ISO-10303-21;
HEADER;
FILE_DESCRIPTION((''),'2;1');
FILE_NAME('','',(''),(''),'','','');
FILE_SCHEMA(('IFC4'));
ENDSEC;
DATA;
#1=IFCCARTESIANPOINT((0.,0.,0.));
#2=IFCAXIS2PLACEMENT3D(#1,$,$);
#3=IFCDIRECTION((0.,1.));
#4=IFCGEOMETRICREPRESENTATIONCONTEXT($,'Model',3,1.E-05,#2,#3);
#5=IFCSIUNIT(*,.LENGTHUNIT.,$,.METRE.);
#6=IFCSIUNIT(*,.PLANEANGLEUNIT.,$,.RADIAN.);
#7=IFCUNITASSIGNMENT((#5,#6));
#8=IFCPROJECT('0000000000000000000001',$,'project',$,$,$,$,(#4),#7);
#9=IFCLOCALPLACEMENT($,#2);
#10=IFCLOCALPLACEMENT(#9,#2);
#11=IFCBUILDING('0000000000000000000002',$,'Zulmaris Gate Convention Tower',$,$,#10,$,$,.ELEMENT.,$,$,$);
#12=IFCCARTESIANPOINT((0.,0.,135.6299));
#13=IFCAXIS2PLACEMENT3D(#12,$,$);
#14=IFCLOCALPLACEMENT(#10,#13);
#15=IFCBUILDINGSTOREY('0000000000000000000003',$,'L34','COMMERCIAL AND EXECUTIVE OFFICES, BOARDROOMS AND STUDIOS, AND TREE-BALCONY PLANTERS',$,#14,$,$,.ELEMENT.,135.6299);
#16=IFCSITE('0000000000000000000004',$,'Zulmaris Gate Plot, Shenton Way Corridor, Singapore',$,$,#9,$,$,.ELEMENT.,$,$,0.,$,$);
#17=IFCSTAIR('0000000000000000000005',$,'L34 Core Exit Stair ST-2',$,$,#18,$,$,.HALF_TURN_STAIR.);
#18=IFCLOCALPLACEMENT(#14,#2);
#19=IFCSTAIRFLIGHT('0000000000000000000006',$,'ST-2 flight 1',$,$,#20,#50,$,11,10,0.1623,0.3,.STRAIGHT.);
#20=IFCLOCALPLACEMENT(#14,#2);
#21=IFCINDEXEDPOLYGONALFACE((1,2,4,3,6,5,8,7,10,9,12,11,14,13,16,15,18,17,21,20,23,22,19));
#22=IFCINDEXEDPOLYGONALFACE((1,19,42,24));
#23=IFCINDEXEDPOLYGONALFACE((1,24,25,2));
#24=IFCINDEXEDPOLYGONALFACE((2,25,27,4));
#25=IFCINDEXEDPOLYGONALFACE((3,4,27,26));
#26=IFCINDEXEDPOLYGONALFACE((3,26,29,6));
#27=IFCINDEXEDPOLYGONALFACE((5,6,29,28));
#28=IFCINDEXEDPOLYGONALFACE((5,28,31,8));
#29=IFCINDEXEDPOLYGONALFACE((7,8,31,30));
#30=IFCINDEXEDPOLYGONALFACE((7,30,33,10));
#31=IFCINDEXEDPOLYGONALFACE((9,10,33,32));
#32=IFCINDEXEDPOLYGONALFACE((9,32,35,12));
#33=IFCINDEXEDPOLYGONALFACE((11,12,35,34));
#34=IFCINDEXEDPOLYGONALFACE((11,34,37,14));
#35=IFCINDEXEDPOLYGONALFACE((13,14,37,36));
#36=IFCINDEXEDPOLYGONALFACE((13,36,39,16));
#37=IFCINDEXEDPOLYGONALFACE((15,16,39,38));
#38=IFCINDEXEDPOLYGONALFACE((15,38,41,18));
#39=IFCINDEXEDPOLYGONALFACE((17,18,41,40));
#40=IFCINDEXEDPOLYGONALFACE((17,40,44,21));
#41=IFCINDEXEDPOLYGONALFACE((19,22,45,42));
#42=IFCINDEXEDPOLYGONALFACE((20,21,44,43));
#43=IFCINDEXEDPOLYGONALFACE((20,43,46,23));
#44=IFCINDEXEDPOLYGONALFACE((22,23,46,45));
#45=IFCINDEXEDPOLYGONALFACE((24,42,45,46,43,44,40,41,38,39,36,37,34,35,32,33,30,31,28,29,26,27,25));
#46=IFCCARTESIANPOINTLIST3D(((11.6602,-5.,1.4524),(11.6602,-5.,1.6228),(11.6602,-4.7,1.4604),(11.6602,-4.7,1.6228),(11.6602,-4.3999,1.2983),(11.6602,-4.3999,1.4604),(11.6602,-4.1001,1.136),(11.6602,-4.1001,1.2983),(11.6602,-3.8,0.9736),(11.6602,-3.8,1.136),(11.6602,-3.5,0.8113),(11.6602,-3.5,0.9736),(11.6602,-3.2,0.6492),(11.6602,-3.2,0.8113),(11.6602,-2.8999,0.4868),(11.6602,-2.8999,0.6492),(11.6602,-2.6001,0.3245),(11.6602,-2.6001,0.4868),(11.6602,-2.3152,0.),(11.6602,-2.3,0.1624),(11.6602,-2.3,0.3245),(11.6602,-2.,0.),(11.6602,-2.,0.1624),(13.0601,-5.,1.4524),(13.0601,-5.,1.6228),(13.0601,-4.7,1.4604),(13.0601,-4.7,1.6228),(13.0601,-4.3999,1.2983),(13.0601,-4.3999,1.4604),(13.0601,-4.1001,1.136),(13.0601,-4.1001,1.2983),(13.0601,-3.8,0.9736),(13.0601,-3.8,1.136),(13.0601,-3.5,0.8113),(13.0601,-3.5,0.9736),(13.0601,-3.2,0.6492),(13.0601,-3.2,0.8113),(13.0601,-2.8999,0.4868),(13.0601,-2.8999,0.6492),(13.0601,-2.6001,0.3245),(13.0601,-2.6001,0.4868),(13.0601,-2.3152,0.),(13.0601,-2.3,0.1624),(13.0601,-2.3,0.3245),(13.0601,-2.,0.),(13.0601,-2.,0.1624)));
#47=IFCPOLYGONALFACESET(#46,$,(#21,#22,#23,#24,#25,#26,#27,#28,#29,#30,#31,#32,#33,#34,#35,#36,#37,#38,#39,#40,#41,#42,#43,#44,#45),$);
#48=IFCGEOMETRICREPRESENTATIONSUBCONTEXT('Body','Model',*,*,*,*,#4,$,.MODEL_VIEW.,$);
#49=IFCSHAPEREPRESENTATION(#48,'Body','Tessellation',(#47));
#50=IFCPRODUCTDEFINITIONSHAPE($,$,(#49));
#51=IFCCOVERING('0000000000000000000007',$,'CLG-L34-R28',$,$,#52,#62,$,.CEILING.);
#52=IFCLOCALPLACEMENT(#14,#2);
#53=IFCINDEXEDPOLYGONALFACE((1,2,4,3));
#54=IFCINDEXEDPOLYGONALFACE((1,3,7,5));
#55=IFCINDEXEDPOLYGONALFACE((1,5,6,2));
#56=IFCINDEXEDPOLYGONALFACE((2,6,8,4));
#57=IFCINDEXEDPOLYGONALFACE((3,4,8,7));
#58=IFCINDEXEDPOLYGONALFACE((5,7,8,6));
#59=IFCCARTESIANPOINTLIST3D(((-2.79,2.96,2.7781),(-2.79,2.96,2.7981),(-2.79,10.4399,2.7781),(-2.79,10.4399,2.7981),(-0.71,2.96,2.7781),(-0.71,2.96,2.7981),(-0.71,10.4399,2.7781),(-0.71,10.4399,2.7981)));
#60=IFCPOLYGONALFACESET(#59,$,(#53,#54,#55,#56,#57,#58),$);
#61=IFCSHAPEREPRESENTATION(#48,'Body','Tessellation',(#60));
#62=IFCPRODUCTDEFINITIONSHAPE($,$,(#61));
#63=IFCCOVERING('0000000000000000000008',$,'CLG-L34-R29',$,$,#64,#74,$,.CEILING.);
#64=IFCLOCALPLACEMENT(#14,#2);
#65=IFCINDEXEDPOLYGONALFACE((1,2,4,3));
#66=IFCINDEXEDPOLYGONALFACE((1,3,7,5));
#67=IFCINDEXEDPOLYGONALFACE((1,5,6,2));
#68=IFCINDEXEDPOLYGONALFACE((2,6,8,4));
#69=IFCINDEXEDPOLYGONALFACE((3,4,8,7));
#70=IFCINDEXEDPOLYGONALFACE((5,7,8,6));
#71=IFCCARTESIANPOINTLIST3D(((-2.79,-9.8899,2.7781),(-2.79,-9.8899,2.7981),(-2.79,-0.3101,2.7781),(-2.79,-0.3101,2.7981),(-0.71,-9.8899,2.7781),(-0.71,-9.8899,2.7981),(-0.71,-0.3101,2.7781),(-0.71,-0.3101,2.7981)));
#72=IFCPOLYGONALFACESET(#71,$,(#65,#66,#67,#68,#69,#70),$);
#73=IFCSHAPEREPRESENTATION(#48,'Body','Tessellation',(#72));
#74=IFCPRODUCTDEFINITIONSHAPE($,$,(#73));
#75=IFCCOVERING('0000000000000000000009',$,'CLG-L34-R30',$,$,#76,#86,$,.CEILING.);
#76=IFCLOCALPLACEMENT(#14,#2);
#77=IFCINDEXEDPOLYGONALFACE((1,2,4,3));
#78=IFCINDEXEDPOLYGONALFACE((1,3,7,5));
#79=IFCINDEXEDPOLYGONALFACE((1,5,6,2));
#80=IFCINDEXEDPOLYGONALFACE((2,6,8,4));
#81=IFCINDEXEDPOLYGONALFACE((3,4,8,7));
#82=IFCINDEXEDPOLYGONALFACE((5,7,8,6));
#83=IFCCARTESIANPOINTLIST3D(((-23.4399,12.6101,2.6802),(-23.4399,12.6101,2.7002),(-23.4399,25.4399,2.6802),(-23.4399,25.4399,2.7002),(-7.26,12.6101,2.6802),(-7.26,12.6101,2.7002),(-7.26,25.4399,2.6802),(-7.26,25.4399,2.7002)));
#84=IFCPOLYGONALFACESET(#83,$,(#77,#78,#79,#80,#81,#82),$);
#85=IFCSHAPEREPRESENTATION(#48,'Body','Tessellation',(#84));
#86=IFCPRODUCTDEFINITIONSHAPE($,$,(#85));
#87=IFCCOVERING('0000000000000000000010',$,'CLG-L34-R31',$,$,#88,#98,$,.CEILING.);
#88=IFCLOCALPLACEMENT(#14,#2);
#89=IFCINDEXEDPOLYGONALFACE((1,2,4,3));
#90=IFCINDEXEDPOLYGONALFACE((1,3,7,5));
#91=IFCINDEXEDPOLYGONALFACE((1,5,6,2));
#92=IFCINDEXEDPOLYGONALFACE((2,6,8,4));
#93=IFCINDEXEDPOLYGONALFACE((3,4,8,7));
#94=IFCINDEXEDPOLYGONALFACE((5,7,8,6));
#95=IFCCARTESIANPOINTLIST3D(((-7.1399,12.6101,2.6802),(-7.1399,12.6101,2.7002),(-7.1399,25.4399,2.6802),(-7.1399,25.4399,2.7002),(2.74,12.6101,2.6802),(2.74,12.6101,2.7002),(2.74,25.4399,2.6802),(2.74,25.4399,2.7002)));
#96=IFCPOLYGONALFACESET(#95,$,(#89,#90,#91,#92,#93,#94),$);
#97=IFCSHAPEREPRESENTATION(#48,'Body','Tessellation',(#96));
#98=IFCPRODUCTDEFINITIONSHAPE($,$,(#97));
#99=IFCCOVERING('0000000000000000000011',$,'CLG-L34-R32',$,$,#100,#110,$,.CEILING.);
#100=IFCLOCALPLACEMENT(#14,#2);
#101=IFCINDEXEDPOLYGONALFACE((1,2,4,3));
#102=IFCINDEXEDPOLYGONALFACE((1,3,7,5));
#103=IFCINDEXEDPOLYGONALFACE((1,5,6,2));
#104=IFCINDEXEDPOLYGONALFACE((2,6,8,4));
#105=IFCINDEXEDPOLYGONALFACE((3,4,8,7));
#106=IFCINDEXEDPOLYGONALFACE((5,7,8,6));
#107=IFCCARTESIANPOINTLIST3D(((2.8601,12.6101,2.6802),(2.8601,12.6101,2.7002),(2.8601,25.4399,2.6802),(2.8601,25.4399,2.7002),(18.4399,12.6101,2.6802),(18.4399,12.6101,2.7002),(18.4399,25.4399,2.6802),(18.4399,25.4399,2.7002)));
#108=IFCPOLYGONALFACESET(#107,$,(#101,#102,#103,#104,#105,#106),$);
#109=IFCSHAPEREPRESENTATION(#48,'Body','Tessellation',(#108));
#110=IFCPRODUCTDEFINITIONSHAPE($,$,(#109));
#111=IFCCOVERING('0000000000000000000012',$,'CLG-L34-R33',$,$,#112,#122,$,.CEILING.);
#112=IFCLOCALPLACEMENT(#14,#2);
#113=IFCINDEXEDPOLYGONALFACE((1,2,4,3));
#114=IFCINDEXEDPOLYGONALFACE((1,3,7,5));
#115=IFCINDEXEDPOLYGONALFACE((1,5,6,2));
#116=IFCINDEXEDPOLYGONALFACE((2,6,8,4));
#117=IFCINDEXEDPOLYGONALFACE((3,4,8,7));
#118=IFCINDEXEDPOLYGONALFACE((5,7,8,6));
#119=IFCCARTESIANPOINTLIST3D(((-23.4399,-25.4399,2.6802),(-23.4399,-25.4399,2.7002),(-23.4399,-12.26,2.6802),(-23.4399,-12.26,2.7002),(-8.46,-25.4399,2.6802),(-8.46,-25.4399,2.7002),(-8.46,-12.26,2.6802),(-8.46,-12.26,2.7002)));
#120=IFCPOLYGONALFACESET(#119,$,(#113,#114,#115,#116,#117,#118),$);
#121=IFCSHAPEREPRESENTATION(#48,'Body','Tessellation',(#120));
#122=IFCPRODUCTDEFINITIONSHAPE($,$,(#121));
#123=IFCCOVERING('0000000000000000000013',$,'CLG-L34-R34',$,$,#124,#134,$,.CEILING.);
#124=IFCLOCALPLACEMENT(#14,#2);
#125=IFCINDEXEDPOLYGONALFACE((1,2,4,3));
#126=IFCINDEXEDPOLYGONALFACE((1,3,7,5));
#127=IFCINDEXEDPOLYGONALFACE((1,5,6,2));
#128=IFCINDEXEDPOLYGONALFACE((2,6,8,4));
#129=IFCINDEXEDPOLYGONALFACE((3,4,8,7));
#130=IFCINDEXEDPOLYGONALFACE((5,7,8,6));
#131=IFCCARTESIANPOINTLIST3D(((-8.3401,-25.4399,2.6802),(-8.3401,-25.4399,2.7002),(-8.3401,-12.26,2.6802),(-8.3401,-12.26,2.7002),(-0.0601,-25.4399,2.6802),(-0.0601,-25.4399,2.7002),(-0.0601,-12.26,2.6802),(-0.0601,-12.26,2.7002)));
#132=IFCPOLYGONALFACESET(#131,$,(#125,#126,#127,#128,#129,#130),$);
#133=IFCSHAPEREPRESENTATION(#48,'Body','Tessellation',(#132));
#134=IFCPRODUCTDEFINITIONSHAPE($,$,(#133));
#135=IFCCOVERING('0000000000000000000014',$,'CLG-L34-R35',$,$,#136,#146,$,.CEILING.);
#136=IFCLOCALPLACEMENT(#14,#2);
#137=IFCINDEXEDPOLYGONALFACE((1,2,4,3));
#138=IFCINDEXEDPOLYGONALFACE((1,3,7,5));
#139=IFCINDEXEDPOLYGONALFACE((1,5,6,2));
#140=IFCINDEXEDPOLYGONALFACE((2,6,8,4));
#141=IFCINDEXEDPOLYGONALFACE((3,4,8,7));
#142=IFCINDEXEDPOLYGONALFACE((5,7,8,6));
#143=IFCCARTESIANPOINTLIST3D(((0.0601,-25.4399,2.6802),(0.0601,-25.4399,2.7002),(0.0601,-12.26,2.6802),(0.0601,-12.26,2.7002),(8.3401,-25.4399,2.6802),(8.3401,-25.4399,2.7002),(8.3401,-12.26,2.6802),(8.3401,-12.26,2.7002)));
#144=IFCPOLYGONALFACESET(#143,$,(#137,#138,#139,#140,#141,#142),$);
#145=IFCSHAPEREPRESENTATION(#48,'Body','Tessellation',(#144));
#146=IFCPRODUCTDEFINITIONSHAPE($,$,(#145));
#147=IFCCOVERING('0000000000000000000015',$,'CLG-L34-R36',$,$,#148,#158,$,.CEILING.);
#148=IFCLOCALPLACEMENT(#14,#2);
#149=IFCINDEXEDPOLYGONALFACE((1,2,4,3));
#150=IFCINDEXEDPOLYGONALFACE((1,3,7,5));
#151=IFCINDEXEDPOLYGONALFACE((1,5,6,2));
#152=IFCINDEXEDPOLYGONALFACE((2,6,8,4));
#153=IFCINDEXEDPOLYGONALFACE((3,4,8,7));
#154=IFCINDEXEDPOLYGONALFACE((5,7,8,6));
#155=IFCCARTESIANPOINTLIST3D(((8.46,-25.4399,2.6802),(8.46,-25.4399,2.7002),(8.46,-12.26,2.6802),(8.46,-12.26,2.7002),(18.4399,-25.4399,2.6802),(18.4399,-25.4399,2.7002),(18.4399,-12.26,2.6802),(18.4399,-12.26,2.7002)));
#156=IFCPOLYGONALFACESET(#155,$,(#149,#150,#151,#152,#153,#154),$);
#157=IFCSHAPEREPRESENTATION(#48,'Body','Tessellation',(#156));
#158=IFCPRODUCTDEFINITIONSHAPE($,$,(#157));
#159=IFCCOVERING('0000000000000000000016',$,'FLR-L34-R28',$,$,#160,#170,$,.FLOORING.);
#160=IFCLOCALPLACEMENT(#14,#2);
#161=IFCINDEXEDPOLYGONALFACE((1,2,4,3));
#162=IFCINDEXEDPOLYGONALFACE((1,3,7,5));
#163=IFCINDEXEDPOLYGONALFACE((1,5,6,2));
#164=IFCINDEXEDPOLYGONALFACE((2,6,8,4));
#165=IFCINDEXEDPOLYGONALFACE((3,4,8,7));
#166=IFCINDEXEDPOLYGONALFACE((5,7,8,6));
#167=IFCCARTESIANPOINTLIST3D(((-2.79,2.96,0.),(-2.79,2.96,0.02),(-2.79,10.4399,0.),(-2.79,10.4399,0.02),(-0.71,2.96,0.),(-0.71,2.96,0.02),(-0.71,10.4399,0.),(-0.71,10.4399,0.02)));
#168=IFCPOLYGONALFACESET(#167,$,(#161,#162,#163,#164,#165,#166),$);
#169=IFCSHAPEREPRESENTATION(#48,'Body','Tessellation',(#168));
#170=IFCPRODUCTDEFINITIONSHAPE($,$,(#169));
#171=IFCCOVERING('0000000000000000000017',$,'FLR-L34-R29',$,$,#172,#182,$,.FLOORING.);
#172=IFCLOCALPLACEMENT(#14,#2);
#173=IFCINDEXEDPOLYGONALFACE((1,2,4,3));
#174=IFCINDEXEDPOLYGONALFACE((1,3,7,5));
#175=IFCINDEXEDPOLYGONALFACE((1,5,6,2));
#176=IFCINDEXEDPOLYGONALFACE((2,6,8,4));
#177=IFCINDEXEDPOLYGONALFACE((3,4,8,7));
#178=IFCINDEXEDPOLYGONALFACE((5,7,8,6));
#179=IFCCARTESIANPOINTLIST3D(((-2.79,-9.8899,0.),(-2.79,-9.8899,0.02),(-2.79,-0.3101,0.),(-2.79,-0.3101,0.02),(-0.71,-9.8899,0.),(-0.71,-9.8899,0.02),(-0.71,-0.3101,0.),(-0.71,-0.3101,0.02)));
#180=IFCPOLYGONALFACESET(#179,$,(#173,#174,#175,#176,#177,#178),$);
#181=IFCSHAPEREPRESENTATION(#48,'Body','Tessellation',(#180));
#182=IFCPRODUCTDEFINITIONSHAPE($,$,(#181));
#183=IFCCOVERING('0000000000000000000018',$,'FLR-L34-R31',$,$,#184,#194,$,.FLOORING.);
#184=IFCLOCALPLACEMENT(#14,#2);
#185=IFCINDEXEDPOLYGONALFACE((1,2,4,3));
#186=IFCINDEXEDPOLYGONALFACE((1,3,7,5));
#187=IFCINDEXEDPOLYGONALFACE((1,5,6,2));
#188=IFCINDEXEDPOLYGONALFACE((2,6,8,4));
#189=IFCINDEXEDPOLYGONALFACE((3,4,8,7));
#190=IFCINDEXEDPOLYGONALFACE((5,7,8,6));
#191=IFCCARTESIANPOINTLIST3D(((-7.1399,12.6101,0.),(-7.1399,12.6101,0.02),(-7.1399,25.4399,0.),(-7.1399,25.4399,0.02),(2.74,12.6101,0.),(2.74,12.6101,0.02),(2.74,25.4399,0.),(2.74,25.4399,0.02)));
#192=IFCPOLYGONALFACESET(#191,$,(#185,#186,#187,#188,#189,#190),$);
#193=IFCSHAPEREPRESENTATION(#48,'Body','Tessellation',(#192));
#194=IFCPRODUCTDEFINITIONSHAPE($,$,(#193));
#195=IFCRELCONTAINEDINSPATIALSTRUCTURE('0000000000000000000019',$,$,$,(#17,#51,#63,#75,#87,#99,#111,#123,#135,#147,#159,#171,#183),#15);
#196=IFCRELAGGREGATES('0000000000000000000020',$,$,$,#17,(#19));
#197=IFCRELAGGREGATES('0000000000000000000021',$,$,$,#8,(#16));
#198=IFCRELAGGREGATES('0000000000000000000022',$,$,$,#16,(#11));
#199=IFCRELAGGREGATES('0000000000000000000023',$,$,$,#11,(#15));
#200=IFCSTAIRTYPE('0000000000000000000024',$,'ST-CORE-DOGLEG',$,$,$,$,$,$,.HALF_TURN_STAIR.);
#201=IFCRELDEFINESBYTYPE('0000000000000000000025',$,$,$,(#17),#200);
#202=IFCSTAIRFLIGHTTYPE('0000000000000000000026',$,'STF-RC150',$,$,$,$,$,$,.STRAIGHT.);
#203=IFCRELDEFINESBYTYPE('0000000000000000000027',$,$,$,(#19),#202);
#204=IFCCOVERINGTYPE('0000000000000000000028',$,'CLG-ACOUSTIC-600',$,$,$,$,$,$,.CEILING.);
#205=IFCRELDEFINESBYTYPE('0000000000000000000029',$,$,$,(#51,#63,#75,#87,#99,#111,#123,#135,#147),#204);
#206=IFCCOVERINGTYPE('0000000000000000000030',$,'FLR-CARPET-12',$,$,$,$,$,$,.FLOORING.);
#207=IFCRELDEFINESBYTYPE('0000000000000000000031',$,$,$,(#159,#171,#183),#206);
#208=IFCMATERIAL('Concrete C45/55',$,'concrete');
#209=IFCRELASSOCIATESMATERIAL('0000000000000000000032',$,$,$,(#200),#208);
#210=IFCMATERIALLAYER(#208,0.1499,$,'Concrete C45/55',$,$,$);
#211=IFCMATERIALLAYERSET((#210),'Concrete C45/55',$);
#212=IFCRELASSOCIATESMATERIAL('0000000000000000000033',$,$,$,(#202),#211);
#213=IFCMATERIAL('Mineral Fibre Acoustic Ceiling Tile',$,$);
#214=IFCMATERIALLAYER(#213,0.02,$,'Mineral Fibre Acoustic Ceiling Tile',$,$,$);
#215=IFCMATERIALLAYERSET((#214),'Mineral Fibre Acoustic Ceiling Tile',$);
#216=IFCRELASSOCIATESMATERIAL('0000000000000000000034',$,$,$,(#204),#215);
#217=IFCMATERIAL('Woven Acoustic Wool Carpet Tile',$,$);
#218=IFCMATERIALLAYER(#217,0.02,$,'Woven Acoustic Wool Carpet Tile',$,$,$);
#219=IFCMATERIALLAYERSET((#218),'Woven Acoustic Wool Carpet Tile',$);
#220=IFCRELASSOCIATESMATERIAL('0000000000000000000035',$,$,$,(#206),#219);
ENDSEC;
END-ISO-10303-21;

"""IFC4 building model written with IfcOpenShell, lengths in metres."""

from ifc_helpers import new_model, si_unit, direction, frame, origin, place, context, subcontext, project, spatial, polyline, outline, extrude, material, layer, layer_set, type_object, element, aggregate, save


model = new_model("IFC4")

# Units and contexts
model_context = context("Model", 3, precision=1e-05, world=origin(), true_north=direction((0.0, 1.0)))
body_context = subcontext(model_context, "Body", "Model", "MODEL_VIEW")
ifc_project = project(units=[si_unit("LENGTHUNIT", "METRE"), si_unit("PLANEANGLEUNIT", "RADIAN")], contexts=[model_context])

# Site, building, storey
site_placement = place(None, origin())
site = spatial("IfcSite", under=ifc_project, at=site_placement, Name="Zulmaris Gate Plot, Shenton Way Corridor, Singapore", CompositionType="ELEMENT", RefElevation=0.0)
building_placement = place(site_placement, origin())
building = spatial("IfcBuilding", under=site, at=building_placement, Name="Zulmaris Gate Convention Tower", CompositionType="ELEMENT")
storey_placement = place(building_placement, frame((0.0, 0.0, 135.6299)))
storey = spatial("IfcBuildingStorey", under=building, at=storey_placement, Name="L34", Description="COMMERCIAL AND EXECUTIVE OFFICES, BOARDROOMS AND STUDIOS, AND TREE-BALCONY PLANTERS", CompositionType="ELEMENT", Elevation=135.6299)

# Stair, stair flight
ifc_material_1 = material(Name="Concrete C45/55", Category="concrete")
stair_type = type_object("IfcStairType", Name="ST-CORE-DOGLEG", PredefinedType="HALF_TURN_STAIR", material=ifc_material_1)
stair_placement = place(storey_placement, origin())
stair = element("IfcStair", 1, at=stair_placement, inside=storey, type_object=stair_type, Name="L34 Core Exit Stair ST-2", PredefinedType="HALF_TURN_STAIR")
ifc_layer_1 = layer(ifc_material_1, 0.1499, Name="Concrete C45/55")
ifc_layer_set_1 = layer_set([ifc_layer_1], Name="Concrete C45/55")
stair_flight_type = type_object("IfcStairFlightType", Name="STF-RC150", PredefinedType="STRAIGHT", material=ifc_layer_set_1)
stair_flight_placement = place(storey_placement, frame((12.3601, -2.0, 0.0), z_axis=(0.0, 0.0, 1.0), x_axis=(0.0, -1.0, 0.0)))
stair_flight = element("IfcStairFlight", 2, at=stair_flight_placement, type_object=stair_flight_type, Name="ST-2 flight 1", NumberOfRisers=11, NumberOfTreads=10, PredefinedType="STRAIGHT", RiserHeight=0.1623, TreadLength=0.3, context=body_context, shape_type="SweptSolid", body=[
    extrude(outline(polyline([(0.0, 0.0), (0.0, 0.1624), (0.3, 0.1624), (0.3, 0.3245), (0.6001, 0.3245), (0.6001, 0.4868), (0.8999, 0.4868), (0.8999, 0.6492), (1.2, 0.6492), (1.2, 0.8113), (1.5, 0.8113), (1.5, 0.9736), (1.8, 0.9736), (1.8, 1.136), (2.1001, 1.136), (2.1001, 1.2983), (2.3999, 1.2983), (2.3999, 1.4604), (2.7, 1.4604), (2.7, 1.6228), (3.0, 1.6228), (3.0, 1.7852), (3.0, 1.4524), (0.3152, 0.0), (0.0, 0.0)])), frame((0.0, 0.7, 0.0), z_axis=(0.0, -1.0, 0.0), x_axis=(1.0, 0.0, 0.0)), (0.0, 0.0, 1.0), 1.3999),
])
aggregate(stair, [stair_flight])

# Coverings
ifc_material_2 = material(Name="Mineral Fibre Acoustic Ceiling Tile")
ifc_layer_2 = layer(ifc_material_2, 0.02, Name="Mineral Fibre Acoustic Ceiling Tile")
ifc_layer_set_2 = layer_set([ifc_layer_2], Name="Mineral Fibre Acoustic Ceiling Tile")
covering_type_1 = type_object("IfcCoveringType", Name="CLG-ACOUSTIC-600", PredefinedType="CEILING", material=ifc_layer_set_2)
covering_1_placement = place(storey_placement, frame((0.0, 0.0, 2.7781)))
element("IfcCovering", 3, at=covering_1_placement, inside=storey, type_object=covering_type_1, Name="CLG-L34-R28", PredefinedType="CEILING", context=body_context, shape_type="SweptSolid", body=[
    extrude(outline(polyline([(-2.79, 2.96), (-0.71, 2.96), (-0.71, 10.4399), (-2.79, 10.4399), (-2.79, 2.96)])), origin(), (0.0, 0.0, 1.0), 0.02),
])
covering_2_placement = place(storey_placement, frame((0.0, 0.0, 2.7781)))
element("IfcCovering", 4, at=covering_2_placement, inside=storey, type_object=covering_type_1, Name="CLG-L34-R29", PredefinedType="CEILING", context=body_context, shape_type="SweptSolid", body=[
    extrude(outline(polyline([(-2.79, -9.8899), (-0.71, -9.8899), (-0.71, -0.3101), (-2.79, -0.3101), (-2.79, -9.8899)])), origin(), (0.0, 0.0, 1.0), 0.02),
])
covering_3_placement = place(storey_placement, frame((0.0, 0.0, 2.6802)))
element("IfcCovering", 5, at=covering_3_placement, inside=storey, type_object=covering_type_1, Name="CLG-L34-R30", PredefinedType="CEILING", context=body_context, shape_type="SweptSolid", body=[
    extrude(outline(polyline([(-23.4399, 12.6101), (-7.26, 12.6101), (-7.26, 25.4399), (-23.4399, 25.4399), (-23.4399, 12.6101)])), origin(), (0.0, 0.0, 1.0), 0.02),
])
covering_4_placement = place(storey_placement, frame((0.0, 0.0, 2.6802)))
element("IfcCovering", 6, at=covering_4_placement, inside=storey, type_object=covering_type_1, Name="CLG-L34-R31", PredefinedType="CEILING", context=body_context, shape_type="SweptSolid", body=[
    extrude(outline(polyline([(-7.1399, 12.6101), (2.74, 12.6101), (2.74, 25.4399), (-7.1399, 25.4399), (-7.1399, 12.6101)])), origin(), (0.0, 0.0, 1.0), 0.02),
])
covering_5_placement = place(storey_placement, frame((0.0, 0.0, 2.6802)))
element("IfcCovering", 7, at=covering_5_placement, inside=storey, type_object=covering_type_1, Name="CLG-L34-R32", PredefinedType="CEILING", context=body_context, shape_type="SweptSolid", body=[
    extrude(outline(polyline([(2.8601, 12.6101), (18.4399, 12.6101), (18.4399, 25.4399), (2.8601, 25.4399), (2.8601, 12.6101)])), origin(), (0.0, 0.0, 1.0), 0.02),
])
covering_6_placement = place(storey_placement, frame((0.0, 0.0, 2.6802)))
element("IfcCovering", 8, at=covering_6_placement, inside=storey, type_object=covering_type_1, Name="CLG-L34-R33", PredefinedType="CEILING", context=body_context, shape_type="SweptSolid", body=[
    extrude(outline(polyline([(-23.4399, -25.4399), (-8.46, -25.4399), (-8.46, -12.26), (-23.4399, -12.26), (-23.4399, -25.4399)])), origin(), (0.0, 0.0, 1.0), 0.02),
])
covering_7_placement = place(storey_placement, frame((0.0, 0.0, 2.6802)))
element("IfcCovering", 9, at=covering_7_placement, inside=storey, type_object=covering_type_1, Name="CLG-L34-R34", PredefinedType="CEILING", context=body_context, shape_type="SweptSolid", body=[
    extrude(outline(polyline([(-8.3401, -25.4399), (-0.0601, -25.4399), (-0.0601, -12.26), (-8.3401, -12.26), (-8.3401, -25.4399)])), origin(), (0.0, 0.0, 1.0), 0.02),
])
covering_8_placement = place(storey_placement, frame((0.0, 0.0, 2.6802)))
element("IfcCovering", 10, at=covering_8_placement, inside=storey, type_object=covering_type_1, Name="CLG-L34-R35", PredefinedType="CEILING", context=body_context, shape_type="SweptSolid", body=[
    extrude(outline(polyline([(0.0601, -25.4399), (8.3401, -25.4399), (8.3401, -12.26), (0.0601, -12.26), (0.0601, -25.4399)])), origin(), (0.0, 0.0, 1.0), 0.02),
])
covering_9_placement = place(storey_placement, frame((0.0, 0.0, 2.6802)))
element("IfcCovering", 11, at=covering_9_placement, inside=storey, type_object=covering_type_1, Name="CLG-L34-R36", PredefinedType="CEILING", context=body_context, shape_type="SweptSolid", body=[
    extrude(outline(polyline([(8.46, -25.4399), (18.4399, -25.4399), (18.4399, -12.26), (8.46, -12.26), (8.46, -25.4399)])), origin(), (0.0, 0.0, 1.0), 0.02),
])
ifc_material_3 = material(Name="Woven Acoustic Wool Carpet Tile")
ifc_layer_3 = layer(ifc_material_3, 0.02, Name="Woven Acoustic Wool Carpet Tile")
ifc_layer_set_3 = layer_set([ifc_layer_3], Name="Woven Acoustic Wool Carpet Tile")
covering_type_2 = type_object("IfcCoveringType", Name="FLR-CARPET-12", PredefinedType="FLOORING", material=ifc_layer_set_3)
covering_10_placement = place(storey_placement, origin())
element("IfcCovering", 12, at=covering_10_placement, inside=storey, type_object=covering_type_2, Name="FLR-L34-R28", PredefinedType="FLOORING", context=body_context, shape_type="SweptSolid", body=[
    extrude(outline(polyline([(-2.79, 2.96), (-0.71, 2.96), (-0.71, 10.4399), (-2.79, 10.4399), (-2.79, 2.96)])), origin(), (0.0, 0.0, 1.0), 0.02),
])
covering_11_placement = place(storey_placement, origin())
element("IfcCovering", 13, at=covering_11_placement, inside=storey, type_object=covering_type_2, Name="FLR-L34-R29", PredefinedType="FLOORING", context=body_context, shape_type="SweptSolid", body=[
    extrude(outline(polyline([(-2.79, -9.8899), (-0.71, -9.8899), (-0.71, -0.3101), (-2.79, -0.3101), (-2.79, -9.8899)])), origin(), (0.0, 0.0, 1.0), 0.02),
])
covering_12_placement = place(storey_placement, origin())
element("IfcCovering", 14, at=covering_12_placement, inside=storey, type_object=covering_type_2, Name="FLR-L34-R31", PredefinedType="FLOORING", context=body_context, shape_type="SweptSolid", body=[
    extrude(outline(polyline([(-7.1399, 12.6101), (2.74, 12.6101), (2.74, 25.4399), (-7.1399, 25.4399), (-7.1399, 12.6101)])), origin(), (0.0, 0.0, 1.0), 0.02),
])

save(model, "model.ifc")
